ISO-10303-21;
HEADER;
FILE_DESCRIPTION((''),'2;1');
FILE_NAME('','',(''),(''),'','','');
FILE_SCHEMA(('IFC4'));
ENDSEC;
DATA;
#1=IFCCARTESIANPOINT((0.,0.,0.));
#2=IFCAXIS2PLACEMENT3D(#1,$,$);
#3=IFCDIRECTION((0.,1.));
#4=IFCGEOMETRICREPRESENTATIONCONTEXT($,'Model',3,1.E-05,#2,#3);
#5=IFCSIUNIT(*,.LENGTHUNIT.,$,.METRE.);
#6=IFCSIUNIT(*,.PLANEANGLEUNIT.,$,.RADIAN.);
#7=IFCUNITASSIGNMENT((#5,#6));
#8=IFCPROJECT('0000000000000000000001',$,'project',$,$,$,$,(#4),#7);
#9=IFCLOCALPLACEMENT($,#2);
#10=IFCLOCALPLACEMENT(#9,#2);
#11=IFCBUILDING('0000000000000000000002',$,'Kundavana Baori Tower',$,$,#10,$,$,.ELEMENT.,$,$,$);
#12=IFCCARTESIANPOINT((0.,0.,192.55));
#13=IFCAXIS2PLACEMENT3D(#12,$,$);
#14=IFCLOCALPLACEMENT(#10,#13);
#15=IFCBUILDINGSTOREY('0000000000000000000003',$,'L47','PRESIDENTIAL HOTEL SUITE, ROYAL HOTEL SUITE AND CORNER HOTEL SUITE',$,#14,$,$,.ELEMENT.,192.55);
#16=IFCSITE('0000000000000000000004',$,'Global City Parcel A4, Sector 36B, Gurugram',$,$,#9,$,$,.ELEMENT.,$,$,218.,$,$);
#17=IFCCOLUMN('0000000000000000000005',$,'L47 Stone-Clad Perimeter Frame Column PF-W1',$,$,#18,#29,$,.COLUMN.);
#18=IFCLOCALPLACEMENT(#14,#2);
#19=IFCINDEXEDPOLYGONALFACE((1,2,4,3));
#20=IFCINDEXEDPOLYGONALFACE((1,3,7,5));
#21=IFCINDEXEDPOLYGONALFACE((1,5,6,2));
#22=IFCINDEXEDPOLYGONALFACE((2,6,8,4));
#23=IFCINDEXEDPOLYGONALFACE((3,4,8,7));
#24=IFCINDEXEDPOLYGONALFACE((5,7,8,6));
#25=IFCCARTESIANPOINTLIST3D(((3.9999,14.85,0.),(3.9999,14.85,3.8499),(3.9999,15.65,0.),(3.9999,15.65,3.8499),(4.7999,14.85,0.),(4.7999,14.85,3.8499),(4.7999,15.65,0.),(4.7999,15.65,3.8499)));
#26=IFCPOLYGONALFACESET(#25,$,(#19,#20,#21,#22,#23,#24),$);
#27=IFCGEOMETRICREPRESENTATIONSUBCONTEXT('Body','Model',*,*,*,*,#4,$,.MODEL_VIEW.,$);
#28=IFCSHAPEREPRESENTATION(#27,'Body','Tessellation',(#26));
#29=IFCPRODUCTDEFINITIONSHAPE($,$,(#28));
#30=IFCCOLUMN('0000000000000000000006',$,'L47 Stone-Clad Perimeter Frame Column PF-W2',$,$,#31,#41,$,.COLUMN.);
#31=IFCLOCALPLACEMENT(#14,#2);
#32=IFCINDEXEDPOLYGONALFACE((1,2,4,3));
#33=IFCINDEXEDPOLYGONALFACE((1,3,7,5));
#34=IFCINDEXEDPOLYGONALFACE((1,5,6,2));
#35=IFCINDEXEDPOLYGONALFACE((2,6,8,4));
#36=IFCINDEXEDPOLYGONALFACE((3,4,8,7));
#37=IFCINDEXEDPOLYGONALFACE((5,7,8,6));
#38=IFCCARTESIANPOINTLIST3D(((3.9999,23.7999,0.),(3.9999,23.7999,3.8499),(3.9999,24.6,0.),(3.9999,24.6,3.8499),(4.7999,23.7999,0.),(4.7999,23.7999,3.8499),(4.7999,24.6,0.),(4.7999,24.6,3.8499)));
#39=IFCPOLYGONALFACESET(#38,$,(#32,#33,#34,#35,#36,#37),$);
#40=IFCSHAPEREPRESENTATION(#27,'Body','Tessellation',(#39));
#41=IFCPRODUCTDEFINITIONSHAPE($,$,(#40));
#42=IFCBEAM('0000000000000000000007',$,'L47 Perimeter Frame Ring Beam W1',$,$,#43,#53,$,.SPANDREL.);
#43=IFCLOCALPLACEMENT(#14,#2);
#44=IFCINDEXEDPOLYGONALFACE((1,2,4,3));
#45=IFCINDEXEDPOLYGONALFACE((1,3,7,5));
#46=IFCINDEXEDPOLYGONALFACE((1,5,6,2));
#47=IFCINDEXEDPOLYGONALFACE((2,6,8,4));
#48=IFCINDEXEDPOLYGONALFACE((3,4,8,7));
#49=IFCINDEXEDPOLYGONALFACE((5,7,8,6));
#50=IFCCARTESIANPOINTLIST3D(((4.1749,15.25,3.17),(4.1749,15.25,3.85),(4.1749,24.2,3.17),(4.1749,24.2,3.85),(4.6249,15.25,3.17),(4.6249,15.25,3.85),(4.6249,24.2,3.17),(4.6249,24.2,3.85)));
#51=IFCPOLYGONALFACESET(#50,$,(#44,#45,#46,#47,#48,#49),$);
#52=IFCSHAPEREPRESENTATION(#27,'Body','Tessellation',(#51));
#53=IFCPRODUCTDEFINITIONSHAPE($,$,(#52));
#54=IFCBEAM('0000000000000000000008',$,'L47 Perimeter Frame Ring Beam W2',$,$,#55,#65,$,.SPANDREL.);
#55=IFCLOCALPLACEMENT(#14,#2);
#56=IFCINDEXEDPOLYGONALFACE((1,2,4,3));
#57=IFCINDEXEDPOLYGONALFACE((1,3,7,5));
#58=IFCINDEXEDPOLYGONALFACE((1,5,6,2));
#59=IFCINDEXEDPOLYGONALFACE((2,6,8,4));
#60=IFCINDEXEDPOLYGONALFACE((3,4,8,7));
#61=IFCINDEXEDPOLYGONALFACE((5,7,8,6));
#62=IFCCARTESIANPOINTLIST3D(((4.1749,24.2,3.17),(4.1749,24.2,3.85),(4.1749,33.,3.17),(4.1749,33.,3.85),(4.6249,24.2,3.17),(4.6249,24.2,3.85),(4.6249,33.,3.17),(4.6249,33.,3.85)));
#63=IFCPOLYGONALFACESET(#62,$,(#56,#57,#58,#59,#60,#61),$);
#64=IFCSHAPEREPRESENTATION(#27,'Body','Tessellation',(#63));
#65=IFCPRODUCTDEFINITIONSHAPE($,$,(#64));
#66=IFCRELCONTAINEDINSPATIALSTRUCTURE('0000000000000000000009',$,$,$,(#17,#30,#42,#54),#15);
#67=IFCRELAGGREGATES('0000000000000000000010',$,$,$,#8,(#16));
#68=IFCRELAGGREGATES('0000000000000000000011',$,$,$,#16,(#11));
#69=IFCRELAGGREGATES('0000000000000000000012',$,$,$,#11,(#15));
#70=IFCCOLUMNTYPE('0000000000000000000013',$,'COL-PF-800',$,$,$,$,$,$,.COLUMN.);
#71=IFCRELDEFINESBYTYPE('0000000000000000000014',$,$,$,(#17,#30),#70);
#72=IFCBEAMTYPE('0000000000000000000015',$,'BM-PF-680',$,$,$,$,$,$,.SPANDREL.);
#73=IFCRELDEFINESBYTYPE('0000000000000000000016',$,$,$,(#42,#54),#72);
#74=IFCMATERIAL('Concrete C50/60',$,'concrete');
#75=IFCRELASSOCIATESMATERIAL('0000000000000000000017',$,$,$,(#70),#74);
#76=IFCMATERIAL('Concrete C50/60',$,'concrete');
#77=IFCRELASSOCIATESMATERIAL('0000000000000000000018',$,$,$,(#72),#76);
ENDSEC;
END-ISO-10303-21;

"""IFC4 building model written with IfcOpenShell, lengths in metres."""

from ifc_helpers import new_model, si_unit, direction, frame, origin, origin_2d, place, context, subcontext, project, spatial, rectangle, extrude, material, material_profile, profile_set, type_object, element, save


model = new_model("IFC4")

# Units and contexts
model_context = context("Model", 3, precision=1e-05, world=origin(), true_north=direction((0.0, 1.0)))
body_context = subcontext(model_context, "Body", "Model", "MODEL_VIEW")
ifc_project = project(units=[si_unit("LENGTHUNIT", "METRE"), si_unit("PLANEANGLEUNIT", "RADIAN")], contexts=[model_context])

# Site, building, storey
site_placement = place(None, origin())
site = spatial("IfcSite", under=ifc_project, at=site_placement, Name="Global City Parcel A4, Sector 36B, Gurugram", CompositionType="ELEMENT", RefElevation=218.0)
building_placement = place(site_placement, origin())
building = spatial("IfcBuilding", under=site, at=building_placement, Name="Kundavana Baori Tower", CompositionType="ELEMENT")
storey_placement = place(building_placement, frame((0.0, 0.0, 192.55)))
storey = spatial("IfcBuildingStorey", under=building, at=storey_placement, Name="L47", Description="PRESIDENTIAL HOTEL SUITE, ROYAL HOTEL SUITE AND CORNER HOTEL SUITE", CompositionType="ELEMENT", Elevation=192.55)

# Columns
ifc_material_1 = material(Name="Concrete C50/60", Category="concrete")
ifc_material_profile_1 = material_profile(ifc_material_1, rectangle(XDim=0.8, YDim=0.8, at=origin_2d()), Name="RC PF 800x800")
ifc_profile_set_1 = profile_set([ifc_material_profile_1], Name="Concrete C50/60")
column_type = type_object("IfcColumnType", Name="COL-PF-800", PredefinedType="COLUMN", material=ifc_profile_set_1)
for number, where, z_axis, x_axis, name in (
    (1, (4.3999, 15.25, 0.0), (0.0, 0.0, 1.0), (1.0, 0.0, 0.0), "L47 Stone-Clad Perimeter Frame Column PF-W1"),
    (2, (4.3999, 24.2, 0.0), (0.0, 0.0, 1.0), (1.0, 0.0, 0.0), "L47 Stone-Clad Perimeter Frame Column PF-W2"),
):
    element("IfcColumn", number, at=place(storey_placement, frame(where, z_axis=z_axis, x_axis=x_axis)), inside=storey, type_object=column_type, Name=name, PredefinedType="COLUMN", context=body_context, shape_type="SweptSolid", body=[
        extrude(rectangle(XDim=0.8, YDim=0.8, at=origin_2d()), origin(), (0.0, 0.0, 1.0), 3.8499),
    ])

# Beams
ifc_material_2 = material(Name="Concrete C50/60", Category="concrete")
ifc_material_profile_2 = material_profile(ifc_material_2, rectangle(XDim=0.45, YDim=0.6799, at=origin_2d()), Name="RC BM 450x680")
ifc_profile_set_2 = profile_set([ifc_material_profile_2], Name="Concrete C50/60")
beam_type = type_object("IfcBeamType", Name="BM-PF-680", PredefinedType="SPANDREL", material=ifc_profile_set_2)
beam_1_placement = place(storey_placement, frame((4.3999, 15.25, 3.51), z_axis=(0.0, 1.0, 0.0), x_axis=(-1.0, 0.0, 0.0)))
element("IfcBeam", 3, at=beam_1_placement, inside=storey, type_object=beam_type, Name="L47 Perimeter Frame Ring Beam W1", PredefinedType="SPANDREL", context=body_context, shape_type="SweptSolid", body=[
    extrude(rectangle(XDim=0.45, YDim=0.6799, at=origin_2d()), origin(), (0.0, 0.0, 1.0), 8.95),
])
beam_2_placement = place(storey_placement, frame((4.3999, 24.2, 3.51), z_axis=(0.0, 1.0, 0.0), x_axis=(-1.0, 0.0, 0.0)))
element("IfcBeam", 4, at=beam_2_placement, inside=storey, type_object=beam_type, Name="L47 Perimeter Frame Ring Beam W2", PredefinedType="SPANDREL", context=body_context, shape_type="SweptSolid", body=[
    extrude(rectangle(XDim=0.45, YDim=0.6799, at=origin_2d()), origin(), (0.0, 0.0, 1.0), 8.8),
])

save(model, "model.ifc")
